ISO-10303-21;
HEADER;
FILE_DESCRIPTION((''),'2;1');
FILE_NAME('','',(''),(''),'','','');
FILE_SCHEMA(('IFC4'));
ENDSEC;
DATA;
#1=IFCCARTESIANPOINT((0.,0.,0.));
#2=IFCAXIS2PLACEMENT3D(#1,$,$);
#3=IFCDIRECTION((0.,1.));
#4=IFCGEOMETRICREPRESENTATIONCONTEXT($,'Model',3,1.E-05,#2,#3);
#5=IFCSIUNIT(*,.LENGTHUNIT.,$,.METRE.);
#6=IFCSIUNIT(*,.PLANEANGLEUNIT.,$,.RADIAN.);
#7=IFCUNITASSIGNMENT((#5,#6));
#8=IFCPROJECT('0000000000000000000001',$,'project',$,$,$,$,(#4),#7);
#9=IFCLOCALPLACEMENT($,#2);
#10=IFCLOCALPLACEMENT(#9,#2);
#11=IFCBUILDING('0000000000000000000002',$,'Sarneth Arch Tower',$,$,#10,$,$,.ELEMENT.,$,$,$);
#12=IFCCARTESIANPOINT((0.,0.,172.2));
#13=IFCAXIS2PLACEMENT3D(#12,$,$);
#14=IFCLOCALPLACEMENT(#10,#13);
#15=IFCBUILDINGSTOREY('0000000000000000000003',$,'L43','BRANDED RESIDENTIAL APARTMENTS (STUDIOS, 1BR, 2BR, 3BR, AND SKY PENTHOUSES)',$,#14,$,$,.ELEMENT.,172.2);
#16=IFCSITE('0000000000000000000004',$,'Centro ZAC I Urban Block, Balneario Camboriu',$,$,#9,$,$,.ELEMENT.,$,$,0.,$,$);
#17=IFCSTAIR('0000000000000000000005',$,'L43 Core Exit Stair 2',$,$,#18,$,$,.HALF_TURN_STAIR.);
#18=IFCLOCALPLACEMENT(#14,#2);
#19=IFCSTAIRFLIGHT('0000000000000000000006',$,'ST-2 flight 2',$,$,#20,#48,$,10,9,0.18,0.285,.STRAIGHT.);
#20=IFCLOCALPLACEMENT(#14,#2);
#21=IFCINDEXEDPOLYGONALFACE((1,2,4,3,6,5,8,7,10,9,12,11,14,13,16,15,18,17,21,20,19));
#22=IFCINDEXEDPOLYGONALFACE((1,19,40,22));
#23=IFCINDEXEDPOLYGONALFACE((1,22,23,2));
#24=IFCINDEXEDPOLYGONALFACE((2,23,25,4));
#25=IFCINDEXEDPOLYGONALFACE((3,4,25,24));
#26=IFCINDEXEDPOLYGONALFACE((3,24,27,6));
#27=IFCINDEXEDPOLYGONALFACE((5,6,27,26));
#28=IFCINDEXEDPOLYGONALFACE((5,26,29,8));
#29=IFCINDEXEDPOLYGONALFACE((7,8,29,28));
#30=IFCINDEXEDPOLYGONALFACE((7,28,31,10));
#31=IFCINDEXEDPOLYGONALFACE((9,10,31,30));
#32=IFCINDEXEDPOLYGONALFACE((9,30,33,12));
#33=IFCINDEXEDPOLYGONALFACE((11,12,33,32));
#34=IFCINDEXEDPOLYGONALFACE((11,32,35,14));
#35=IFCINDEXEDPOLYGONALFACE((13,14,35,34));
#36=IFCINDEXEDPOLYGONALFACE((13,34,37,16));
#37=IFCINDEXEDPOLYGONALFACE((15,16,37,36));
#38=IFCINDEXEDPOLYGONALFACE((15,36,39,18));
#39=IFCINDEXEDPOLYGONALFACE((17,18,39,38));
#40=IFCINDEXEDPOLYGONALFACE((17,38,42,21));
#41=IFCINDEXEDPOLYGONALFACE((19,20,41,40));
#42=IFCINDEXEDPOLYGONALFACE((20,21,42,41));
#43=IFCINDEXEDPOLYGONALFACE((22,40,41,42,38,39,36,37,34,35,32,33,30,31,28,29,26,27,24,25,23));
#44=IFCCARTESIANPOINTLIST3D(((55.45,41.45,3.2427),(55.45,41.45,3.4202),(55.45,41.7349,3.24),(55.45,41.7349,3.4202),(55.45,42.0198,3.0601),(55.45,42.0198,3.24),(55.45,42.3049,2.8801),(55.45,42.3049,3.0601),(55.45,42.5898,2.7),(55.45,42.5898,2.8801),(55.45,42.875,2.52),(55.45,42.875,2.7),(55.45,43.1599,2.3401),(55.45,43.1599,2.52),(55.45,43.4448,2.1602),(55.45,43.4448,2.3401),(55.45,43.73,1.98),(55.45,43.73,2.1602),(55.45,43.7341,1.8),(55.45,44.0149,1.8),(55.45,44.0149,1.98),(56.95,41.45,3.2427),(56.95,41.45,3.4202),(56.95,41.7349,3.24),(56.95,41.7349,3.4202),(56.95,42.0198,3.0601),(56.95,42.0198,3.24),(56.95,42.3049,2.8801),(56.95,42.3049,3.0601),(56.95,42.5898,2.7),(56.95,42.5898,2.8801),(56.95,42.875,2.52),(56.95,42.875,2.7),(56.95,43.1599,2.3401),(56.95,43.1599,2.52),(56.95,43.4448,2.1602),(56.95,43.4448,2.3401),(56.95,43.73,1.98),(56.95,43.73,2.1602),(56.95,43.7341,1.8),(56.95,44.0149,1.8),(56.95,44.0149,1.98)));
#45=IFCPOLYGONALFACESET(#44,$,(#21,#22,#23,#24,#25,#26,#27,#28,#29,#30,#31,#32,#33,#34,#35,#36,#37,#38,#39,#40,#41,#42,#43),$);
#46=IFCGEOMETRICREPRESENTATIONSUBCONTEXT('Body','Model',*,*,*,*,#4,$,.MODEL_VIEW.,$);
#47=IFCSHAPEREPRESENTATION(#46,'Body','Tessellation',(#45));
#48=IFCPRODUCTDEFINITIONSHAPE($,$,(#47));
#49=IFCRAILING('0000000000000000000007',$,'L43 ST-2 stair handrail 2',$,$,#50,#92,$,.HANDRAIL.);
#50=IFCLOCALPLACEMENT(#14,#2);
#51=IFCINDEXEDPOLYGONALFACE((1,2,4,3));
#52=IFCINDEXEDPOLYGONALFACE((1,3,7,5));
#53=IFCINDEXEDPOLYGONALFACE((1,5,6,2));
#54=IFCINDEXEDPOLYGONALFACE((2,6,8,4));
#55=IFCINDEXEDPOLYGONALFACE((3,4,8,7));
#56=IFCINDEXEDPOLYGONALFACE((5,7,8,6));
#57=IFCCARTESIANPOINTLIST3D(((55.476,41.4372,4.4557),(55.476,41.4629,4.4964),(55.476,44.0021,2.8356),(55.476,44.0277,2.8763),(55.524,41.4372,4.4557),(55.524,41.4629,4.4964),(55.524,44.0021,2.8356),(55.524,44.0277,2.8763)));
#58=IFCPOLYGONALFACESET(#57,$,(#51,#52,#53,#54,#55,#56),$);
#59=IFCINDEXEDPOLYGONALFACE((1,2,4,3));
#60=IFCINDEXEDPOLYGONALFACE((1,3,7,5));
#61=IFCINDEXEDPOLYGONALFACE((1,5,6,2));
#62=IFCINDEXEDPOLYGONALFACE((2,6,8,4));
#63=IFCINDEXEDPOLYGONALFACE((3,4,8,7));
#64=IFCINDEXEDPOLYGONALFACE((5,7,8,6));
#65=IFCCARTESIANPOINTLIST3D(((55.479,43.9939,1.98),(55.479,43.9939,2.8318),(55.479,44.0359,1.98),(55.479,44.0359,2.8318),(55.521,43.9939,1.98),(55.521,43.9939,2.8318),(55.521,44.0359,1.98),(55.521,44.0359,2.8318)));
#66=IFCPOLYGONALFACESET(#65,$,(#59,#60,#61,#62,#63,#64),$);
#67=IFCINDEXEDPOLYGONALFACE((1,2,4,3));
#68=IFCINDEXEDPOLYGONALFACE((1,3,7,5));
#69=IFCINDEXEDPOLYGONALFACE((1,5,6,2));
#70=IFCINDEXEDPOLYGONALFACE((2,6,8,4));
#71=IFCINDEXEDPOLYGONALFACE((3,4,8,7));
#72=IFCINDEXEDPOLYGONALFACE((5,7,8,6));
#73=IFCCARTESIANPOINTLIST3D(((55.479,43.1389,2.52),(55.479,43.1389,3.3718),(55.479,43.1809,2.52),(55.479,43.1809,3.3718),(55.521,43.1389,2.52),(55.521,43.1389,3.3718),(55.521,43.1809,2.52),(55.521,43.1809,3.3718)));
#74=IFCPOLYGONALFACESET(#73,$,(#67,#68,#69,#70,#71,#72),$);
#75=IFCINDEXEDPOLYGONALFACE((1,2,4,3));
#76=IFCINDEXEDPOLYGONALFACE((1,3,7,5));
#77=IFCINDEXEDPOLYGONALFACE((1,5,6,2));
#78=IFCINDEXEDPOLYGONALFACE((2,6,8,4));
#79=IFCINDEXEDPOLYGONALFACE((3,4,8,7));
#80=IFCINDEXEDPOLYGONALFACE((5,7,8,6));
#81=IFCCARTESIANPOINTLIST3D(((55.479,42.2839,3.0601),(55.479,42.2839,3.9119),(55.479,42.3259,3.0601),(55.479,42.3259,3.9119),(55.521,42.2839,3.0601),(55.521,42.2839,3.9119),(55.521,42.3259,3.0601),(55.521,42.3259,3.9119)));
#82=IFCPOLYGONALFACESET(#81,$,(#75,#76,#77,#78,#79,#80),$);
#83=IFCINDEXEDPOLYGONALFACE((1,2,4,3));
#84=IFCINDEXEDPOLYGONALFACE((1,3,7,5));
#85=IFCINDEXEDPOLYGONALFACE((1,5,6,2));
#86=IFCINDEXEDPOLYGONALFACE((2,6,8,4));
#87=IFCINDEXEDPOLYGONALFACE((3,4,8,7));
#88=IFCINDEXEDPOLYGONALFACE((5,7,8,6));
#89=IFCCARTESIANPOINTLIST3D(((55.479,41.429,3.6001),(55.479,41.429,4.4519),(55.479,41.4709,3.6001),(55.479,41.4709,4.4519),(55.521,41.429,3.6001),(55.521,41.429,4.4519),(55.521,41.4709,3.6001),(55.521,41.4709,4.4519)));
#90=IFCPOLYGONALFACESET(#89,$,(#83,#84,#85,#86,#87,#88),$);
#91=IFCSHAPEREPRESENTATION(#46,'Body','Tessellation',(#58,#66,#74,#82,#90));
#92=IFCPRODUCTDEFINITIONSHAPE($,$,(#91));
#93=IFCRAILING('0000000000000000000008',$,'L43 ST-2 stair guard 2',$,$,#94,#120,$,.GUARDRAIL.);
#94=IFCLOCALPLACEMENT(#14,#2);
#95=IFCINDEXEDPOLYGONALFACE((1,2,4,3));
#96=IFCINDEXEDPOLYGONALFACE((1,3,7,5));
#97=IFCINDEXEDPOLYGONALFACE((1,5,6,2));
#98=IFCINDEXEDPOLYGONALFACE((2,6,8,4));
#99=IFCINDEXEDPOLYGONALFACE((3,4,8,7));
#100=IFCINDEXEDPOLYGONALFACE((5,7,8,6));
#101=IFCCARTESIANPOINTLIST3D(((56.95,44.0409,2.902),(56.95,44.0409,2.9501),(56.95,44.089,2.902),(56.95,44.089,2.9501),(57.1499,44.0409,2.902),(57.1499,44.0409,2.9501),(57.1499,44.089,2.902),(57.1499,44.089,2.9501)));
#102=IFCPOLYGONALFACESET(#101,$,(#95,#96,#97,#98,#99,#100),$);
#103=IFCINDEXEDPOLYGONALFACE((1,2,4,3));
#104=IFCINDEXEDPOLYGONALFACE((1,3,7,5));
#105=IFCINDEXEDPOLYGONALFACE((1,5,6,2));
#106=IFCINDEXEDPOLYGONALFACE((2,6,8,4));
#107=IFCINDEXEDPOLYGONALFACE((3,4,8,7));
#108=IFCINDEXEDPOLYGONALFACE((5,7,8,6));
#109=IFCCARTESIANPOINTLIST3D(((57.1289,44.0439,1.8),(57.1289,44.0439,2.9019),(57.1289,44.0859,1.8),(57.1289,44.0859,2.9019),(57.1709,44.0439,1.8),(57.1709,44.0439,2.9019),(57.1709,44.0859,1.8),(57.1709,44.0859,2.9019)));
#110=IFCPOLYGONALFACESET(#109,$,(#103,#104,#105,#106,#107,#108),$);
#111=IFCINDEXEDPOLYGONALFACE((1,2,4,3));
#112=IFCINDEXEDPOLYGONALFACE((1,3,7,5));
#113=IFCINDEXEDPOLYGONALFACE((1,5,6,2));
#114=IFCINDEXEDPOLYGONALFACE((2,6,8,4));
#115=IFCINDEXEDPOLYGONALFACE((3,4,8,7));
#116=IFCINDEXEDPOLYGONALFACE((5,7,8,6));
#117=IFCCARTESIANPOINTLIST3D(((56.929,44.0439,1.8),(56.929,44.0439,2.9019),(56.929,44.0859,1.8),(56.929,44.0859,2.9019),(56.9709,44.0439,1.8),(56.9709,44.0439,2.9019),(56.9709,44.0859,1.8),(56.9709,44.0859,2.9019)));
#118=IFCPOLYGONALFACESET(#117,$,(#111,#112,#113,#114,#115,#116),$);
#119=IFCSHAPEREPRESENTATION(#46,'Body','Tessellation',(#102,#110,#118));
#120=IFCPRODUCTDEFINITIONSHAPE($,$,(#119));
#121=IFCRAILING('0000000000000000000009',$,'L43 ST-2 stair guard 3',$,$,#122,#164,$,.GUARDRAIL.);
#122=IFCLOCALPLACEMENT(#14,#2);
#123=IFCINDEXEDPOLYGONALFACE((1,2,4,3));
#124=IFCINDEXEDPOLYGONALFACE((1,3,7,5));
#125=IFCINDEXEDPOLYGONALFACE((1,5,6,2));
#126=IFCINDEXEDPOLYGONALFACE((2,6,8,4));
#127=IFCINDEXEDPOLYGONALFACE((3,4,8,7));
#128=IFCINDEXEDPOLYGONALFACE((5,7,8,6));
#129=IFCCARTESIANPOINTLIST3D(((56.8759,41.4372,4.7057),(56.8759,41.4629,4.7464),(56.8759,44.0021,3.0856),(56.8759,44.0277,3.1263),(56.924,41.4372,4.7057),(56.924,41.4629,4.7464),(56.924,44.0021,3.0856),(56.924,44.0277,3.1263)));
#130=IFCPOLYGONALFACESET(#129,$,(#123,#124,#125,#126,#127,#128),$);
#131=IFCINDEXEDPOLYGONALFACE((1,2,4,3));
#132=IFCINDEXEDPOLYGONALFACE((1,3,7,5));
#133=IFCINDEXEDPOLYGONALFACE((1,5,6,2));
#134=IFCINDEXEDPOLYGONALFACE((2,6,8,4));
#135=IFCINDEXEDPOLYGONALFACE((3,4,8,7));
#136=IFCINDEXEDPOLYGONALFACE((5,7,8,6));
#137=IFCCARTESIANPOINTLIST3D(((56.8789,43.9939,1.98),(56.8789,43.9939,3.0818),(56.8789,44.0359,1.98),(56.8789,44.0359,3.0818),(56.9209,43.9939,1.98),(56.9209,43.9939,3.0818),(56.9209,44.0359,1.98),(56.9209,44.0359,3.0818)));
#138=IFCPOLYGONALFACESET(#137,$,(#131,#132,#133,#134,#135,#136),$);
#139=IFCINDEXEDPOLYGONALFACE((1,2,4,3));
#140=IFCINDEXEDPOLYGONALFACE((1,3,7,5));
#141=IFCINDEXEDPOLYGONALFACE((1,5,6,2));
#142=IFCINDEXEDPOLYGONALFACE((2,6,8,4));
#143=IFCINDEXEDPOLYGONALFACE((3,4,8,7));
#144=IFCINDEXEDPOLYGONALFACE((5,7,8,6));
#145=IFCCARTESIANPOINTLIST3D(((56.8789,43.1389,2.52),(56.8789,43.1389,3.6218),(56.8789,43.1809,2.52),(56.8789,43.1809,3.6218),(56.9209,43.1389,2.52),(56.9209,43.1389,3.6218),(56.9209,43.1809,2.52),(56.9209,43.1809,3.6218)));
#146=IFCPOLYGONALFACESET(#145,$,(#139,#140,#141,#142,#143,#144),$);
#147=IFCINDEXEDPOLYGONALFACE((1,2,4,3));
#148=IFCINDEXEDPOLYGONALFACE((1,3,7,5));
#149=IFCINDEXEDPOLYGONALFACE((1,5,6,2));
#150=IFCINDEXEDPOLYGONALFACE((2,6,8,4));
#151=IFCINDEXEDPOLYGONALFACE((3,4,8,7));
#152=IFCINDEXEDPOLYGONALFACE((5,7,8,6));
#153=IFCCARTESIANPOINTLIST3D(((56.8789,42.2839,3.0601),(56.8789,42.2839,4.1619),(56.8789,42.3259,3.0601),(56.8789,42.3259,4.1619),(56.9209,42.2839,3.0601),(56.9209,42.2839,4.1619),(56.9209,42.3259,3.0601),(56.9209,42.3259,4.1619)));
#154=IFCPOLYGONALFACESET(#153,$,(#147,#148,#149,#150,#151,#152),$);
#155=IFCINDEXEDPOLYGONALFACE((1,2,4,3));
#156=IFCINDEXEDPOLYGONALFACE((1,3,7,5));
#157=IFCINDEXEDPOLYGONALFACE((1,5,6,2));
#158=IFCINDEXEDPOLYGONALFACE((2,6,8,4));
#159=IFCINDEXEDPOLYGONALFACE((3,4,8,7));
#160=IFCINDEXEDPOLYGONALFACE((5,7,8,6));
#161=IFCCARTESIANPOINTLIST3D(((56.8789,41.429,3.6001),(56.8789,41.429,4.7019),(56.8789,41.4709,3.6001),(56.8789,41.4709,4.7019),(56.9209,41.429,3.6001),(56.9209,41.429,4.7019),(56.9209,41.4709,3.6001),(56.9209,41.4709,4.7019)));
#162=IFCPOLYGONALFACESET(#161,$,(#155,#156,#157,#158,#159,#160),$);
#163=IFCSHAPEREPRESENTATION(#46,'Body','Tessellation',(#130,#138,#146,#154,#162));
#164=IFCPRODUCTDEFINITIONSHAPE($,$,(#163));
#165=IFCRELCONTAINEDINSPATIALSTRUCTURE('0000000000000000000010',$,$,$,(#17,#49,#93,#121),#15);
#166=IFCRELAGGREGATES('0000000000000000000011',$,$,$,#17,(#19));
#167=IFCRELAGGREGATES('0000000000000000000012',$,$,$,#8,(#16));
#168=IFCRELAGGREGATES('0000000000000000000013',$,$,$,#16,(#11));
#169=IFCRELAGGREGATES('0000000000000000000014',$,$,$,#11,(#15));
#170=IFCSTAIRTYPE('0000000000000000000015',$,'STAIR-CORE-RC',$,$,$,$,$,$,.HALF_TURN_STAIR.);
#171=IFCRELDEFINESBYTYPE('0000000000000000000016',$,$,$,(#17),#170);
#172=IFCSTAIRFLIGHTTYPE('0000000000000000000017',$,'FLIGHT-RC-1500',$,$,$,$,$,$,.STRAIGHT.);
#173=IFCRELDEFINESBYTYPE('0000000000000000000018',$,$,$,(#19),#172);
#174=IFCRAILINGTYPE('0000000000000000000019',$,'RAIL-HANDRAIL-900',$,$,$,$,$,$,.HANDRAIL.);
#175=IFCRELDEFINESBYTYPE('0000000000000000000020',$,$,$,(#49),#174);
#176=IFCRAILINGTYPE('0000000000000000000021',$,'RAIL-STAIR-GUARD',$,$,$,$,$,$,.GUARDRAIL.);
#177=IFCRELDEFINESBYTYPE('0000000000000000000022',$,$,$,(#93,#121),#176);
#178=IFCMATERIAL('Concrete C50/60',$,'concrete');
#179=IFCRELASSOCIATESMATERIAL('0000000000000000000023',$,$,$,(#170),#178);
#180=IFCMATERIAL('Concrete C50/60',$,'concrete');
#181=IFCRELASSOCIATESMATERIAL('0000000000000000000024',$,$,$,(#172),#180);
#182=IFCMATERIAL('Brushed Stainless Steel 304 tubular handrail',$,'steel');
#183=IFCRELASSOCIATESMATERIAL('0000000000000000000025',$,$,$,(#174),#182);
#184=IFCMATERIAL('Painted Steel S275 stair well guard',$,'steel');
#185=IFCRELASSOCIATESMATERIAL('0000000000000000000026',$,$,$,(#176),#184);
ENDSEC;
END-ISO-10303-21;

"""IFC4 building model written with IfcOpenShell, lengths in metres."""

from ifc_helpers import new_model, si_unit, direction, frame, origin, origin_2d, place, context, subcontext, project, spatial, polyline, rectangle, outline, extrude, material, type_object, element, aggregate, save


model = new_model("IFC4")

# Units and contexts
model_context = context("Model", 3, precision=1e-05, world=origin(), true_north=direction((0.0, 1.0)))
body_context = subcontext(model_context, "Body", "Model", "MODEL_VIEW")
ifc_project = project(units=[si_unit("LENGTHUNIT", "METRE"), si_unit("PLANEANGLEUNIT", "RADIAN")], contexts=[model_context])

# Site, building, storey
site_placement = place(None, origin())
site = spatial("IfcSite", under=ifc_project, at=site_placement, Name="Centro ZAC I Urban Block, Balneario Camboriu", CompositionType="ELEMENT", RefElevation=0.0)
building_placement = place(site_placement, origin())
building = spatial("IfcBuilding", under=site, at=building_placement, Name="Sarneth Arch Tower", CompositionType="ELEMENT")
storey_placement = place(building_placement, frame((0.0, 0.0, 172.2)))
storey = spatial("IfcBuildingStorey", under=building, at=storey_placement, Name="L43", Description="BRANDED RESIDENTIAL APARTMENTS (STUDIOS, 1BR, 2BR, 3BR, AND SKY PENTHOUSES)", CompositionType="ELEMENT", Elevation=172.2)

# Stair, stair flight
ifc_material_1 = material(Name="Concrete C50/60", Category="concrete")
stair_type = type_object("IfcStairType", Name="STAIR-CORE-RC", PredefinedType="HALF_TURN_STAIR", material=ifc_material_1)
stair_placement = place(storey_placement, origin())
stair = element("IfcStair", 1, at=stair_placement, inside=storey, type_object=stair_type, Name="L43 Core Exit Stair 2", PredefinedType="HALF_TURN_STAIR")
ifc_material_2 = material(Name="Concrete C50/60", Category="concrete")
stair_flight_type = type_object("IfcStairFlightType", Name="FLIGHT-RC-1500", PredefinedType="STRAIGHT", material=ifc_material_2)
stair_flight_placement = place(storey_placement, frame((56.2, 44.0149, 1.8), z_axis=(0.0, 0.0, 1.0), x_axis=(0.0, -1.0, 0.0)))
stair_flight = element("IfcStairFlight", 2, at=stair_flight_placement, type_object=stair_flight_type, Name="ST-2 flight 2", NumberOfRisers=10, NumberOfTreads=9, PredefinedType="STRAIGHT", RiserHeight=0.18, TreadLength=0.285, context=body_context, shape_type="SweptSolid", body=[
    extrude(outline(polyline([(0.0, 0.0), (0.0, 0.1799), (0.2849, 0.1799), (0.2849, 0.3601), (0.5701, 0.3601), (0.5701, 0.54), (0.855, 0.54), (0.855, 0.72), (1.1399, 0.72), (1.1399, 0.8999), (1.425, 0.8999), (1.425, 1.0801), (1.71, 1.0801), (1.71, 1.26), (1.9951, 1.26), (1.9951, 1.4399), (2.28, 1.4399), (2.28, 1.6201), (2.5649, 1.6201), (2.5649, 1.8), (2.5649, 1.4426), (0.2808, 0.0), (0.0, 0.0)])), frame((0.0, 0.75, 0.0), z_axis=(0.0, -1.0, 0.0), x_axis=(1.0, 0.0, 0.0)), (0.0, 0.0, 1.0), 1.5),
])
aggregate(stair, [stair_flight])

# Railings
ifc_material_3 = material(Name="Brushed Stainless Steel 304 tubular handrail", Category="steel")
railing_type_1 = type_object("IfcRailingType", Name="RAIL-HANDRAIL-900", PredefinedType="HANDRAIL", material=ifc_material_3)
railing_1_placement = place(storey_placement, frame((55.5, 44.0149, 1.98)))
element("IfcRailing", 3, at=railing_1_placement, inside=storey, type_object=railing_type_1, Name="L43 ST-2 stair handrail 2", PredefinedType="HANDRAIL", context=body_context, shape_type="SweptSolid", body=[
    extrude(rectangle(XDim=0.0481, YDim=0.0481, at=origin_2d()), frame((0.0, 0.0, 0.876), z_axis=(0.0, -0.845466, 0.534029), x_axis=(1.0, 0.0, 0.0)), (0.0, 0.0, 1.0), 3.0337),
    extrude(rectangle(XDim=0.042, YDim=0.042, at=origin_2d()), origin(), (0.0, 0.0, 1.0), 0.8518),
    extrude(rectangle(XDim=0.042, YDim=0.042, at=origin_2d()), frame((0.0, -0.855, 0.54)), (0.0, 0.0, 1.0), 0.8518),
    extrude(rectangle(XDim=0.042, YDim=0.042, at=origin_2d()), frame((0.0, -1.71, 1.0801)), (0.0, 0.0, 1.0), 0.8518),
    extrude(rectangle(XDim=0.042, YDim=0.042, at=origin_2d()), frame((0.0, -2.5649, 1.6201)), (0.0, 0.0, 1.0), 0.8518),
])
ifc_material_4 = material(Name="Painted Steel S275 stair well guard", Category="steel")
railing_type_2 = type_object("IfcRailingType", Name="RAIL-STAIR-GUARD", PredefinedType="GUARDRAIL", material=ifc_material_4)
railing_2_placement = place(storey_placement, frame((57.1499, 44.0649, 1.8)))
element("IfcRailing", 4, at=railing_2_placement, inside=storey, type_object=railing_type_2, Name="L43 ST-2 stair guard 2", PredefinedType="GUARDRAIL", context=body_context, shape_type="SweptSolid", body=[
    extrude(rectangle(XDim=0.0481, YDim=0.0481, at=origin_2d()), frame((0.0, 0.0, 1.126), z_axis=(-1.0, 0.0, 0.0), x_axis=(0.0, -1.0, 0.0)), (0.0, 0.0, 1.0), 0.2),
    extrude(rectangle(XDim=0.042, YDim=0.042, at=origin_2d()), origin(), (0.0, 0.0, 1.0), 1.1018),
    extrude(rectangle(XDim=0.042, YDim=0.042, at=origin_2d()), frame((-0.2, 0.0, 0.0)), (0.0, 0.0, 1.0), 1.1018),
])
railing_3_placement = place(storey_placement, frame((56.8999, 44.0149, 1.98)))
element("IfcRailing", 5, at=railing_3_placement, inside=storey, type_object=railing_type_2, Name="L43 ST-2 stair guard 3", PredefinedType="GUARDRAIL", context=body_context, shape_type="SweptSolid", body=[
    extrude(rectangle(XDim=0.0481, YDim=0.0481, at=origin_2d()), frame((0.0, 0.0, 1.126), z_axis=(0.0, -0.845466, 0.534029), x_axis=(1.0, 0.0, 0.0)), (0.0, 0.0, 1.0), 3.0337),
    extrude(rectangle(XDim=0.042, YDim=0.042, at=origin_2d()), origin(), (0.0, 0.0, 1.0), 1.1018),
    extrude(rectangle(XDim=0.042, YDim=0.042, at=origin_2d()), frame((0.0, -0.855, 0.54)), (0.0, 0.0, 1.0), 1.1018),
    extrude(rectangle(XDim=0.042, YDim=0.042, at=origin_2d()), frame((0.0, -1.71, 1.0801)), (0.0, 0.0, 1.0), 1.1018),
    extrude(rectangle(XDim=0.042, YDim=0.042, at=origin_2d()), frame((0.0, -2.5649, 1.6201)), (0.0, 0.0, 1.0), 1.1018),
])

save(model, "model.ifc")
